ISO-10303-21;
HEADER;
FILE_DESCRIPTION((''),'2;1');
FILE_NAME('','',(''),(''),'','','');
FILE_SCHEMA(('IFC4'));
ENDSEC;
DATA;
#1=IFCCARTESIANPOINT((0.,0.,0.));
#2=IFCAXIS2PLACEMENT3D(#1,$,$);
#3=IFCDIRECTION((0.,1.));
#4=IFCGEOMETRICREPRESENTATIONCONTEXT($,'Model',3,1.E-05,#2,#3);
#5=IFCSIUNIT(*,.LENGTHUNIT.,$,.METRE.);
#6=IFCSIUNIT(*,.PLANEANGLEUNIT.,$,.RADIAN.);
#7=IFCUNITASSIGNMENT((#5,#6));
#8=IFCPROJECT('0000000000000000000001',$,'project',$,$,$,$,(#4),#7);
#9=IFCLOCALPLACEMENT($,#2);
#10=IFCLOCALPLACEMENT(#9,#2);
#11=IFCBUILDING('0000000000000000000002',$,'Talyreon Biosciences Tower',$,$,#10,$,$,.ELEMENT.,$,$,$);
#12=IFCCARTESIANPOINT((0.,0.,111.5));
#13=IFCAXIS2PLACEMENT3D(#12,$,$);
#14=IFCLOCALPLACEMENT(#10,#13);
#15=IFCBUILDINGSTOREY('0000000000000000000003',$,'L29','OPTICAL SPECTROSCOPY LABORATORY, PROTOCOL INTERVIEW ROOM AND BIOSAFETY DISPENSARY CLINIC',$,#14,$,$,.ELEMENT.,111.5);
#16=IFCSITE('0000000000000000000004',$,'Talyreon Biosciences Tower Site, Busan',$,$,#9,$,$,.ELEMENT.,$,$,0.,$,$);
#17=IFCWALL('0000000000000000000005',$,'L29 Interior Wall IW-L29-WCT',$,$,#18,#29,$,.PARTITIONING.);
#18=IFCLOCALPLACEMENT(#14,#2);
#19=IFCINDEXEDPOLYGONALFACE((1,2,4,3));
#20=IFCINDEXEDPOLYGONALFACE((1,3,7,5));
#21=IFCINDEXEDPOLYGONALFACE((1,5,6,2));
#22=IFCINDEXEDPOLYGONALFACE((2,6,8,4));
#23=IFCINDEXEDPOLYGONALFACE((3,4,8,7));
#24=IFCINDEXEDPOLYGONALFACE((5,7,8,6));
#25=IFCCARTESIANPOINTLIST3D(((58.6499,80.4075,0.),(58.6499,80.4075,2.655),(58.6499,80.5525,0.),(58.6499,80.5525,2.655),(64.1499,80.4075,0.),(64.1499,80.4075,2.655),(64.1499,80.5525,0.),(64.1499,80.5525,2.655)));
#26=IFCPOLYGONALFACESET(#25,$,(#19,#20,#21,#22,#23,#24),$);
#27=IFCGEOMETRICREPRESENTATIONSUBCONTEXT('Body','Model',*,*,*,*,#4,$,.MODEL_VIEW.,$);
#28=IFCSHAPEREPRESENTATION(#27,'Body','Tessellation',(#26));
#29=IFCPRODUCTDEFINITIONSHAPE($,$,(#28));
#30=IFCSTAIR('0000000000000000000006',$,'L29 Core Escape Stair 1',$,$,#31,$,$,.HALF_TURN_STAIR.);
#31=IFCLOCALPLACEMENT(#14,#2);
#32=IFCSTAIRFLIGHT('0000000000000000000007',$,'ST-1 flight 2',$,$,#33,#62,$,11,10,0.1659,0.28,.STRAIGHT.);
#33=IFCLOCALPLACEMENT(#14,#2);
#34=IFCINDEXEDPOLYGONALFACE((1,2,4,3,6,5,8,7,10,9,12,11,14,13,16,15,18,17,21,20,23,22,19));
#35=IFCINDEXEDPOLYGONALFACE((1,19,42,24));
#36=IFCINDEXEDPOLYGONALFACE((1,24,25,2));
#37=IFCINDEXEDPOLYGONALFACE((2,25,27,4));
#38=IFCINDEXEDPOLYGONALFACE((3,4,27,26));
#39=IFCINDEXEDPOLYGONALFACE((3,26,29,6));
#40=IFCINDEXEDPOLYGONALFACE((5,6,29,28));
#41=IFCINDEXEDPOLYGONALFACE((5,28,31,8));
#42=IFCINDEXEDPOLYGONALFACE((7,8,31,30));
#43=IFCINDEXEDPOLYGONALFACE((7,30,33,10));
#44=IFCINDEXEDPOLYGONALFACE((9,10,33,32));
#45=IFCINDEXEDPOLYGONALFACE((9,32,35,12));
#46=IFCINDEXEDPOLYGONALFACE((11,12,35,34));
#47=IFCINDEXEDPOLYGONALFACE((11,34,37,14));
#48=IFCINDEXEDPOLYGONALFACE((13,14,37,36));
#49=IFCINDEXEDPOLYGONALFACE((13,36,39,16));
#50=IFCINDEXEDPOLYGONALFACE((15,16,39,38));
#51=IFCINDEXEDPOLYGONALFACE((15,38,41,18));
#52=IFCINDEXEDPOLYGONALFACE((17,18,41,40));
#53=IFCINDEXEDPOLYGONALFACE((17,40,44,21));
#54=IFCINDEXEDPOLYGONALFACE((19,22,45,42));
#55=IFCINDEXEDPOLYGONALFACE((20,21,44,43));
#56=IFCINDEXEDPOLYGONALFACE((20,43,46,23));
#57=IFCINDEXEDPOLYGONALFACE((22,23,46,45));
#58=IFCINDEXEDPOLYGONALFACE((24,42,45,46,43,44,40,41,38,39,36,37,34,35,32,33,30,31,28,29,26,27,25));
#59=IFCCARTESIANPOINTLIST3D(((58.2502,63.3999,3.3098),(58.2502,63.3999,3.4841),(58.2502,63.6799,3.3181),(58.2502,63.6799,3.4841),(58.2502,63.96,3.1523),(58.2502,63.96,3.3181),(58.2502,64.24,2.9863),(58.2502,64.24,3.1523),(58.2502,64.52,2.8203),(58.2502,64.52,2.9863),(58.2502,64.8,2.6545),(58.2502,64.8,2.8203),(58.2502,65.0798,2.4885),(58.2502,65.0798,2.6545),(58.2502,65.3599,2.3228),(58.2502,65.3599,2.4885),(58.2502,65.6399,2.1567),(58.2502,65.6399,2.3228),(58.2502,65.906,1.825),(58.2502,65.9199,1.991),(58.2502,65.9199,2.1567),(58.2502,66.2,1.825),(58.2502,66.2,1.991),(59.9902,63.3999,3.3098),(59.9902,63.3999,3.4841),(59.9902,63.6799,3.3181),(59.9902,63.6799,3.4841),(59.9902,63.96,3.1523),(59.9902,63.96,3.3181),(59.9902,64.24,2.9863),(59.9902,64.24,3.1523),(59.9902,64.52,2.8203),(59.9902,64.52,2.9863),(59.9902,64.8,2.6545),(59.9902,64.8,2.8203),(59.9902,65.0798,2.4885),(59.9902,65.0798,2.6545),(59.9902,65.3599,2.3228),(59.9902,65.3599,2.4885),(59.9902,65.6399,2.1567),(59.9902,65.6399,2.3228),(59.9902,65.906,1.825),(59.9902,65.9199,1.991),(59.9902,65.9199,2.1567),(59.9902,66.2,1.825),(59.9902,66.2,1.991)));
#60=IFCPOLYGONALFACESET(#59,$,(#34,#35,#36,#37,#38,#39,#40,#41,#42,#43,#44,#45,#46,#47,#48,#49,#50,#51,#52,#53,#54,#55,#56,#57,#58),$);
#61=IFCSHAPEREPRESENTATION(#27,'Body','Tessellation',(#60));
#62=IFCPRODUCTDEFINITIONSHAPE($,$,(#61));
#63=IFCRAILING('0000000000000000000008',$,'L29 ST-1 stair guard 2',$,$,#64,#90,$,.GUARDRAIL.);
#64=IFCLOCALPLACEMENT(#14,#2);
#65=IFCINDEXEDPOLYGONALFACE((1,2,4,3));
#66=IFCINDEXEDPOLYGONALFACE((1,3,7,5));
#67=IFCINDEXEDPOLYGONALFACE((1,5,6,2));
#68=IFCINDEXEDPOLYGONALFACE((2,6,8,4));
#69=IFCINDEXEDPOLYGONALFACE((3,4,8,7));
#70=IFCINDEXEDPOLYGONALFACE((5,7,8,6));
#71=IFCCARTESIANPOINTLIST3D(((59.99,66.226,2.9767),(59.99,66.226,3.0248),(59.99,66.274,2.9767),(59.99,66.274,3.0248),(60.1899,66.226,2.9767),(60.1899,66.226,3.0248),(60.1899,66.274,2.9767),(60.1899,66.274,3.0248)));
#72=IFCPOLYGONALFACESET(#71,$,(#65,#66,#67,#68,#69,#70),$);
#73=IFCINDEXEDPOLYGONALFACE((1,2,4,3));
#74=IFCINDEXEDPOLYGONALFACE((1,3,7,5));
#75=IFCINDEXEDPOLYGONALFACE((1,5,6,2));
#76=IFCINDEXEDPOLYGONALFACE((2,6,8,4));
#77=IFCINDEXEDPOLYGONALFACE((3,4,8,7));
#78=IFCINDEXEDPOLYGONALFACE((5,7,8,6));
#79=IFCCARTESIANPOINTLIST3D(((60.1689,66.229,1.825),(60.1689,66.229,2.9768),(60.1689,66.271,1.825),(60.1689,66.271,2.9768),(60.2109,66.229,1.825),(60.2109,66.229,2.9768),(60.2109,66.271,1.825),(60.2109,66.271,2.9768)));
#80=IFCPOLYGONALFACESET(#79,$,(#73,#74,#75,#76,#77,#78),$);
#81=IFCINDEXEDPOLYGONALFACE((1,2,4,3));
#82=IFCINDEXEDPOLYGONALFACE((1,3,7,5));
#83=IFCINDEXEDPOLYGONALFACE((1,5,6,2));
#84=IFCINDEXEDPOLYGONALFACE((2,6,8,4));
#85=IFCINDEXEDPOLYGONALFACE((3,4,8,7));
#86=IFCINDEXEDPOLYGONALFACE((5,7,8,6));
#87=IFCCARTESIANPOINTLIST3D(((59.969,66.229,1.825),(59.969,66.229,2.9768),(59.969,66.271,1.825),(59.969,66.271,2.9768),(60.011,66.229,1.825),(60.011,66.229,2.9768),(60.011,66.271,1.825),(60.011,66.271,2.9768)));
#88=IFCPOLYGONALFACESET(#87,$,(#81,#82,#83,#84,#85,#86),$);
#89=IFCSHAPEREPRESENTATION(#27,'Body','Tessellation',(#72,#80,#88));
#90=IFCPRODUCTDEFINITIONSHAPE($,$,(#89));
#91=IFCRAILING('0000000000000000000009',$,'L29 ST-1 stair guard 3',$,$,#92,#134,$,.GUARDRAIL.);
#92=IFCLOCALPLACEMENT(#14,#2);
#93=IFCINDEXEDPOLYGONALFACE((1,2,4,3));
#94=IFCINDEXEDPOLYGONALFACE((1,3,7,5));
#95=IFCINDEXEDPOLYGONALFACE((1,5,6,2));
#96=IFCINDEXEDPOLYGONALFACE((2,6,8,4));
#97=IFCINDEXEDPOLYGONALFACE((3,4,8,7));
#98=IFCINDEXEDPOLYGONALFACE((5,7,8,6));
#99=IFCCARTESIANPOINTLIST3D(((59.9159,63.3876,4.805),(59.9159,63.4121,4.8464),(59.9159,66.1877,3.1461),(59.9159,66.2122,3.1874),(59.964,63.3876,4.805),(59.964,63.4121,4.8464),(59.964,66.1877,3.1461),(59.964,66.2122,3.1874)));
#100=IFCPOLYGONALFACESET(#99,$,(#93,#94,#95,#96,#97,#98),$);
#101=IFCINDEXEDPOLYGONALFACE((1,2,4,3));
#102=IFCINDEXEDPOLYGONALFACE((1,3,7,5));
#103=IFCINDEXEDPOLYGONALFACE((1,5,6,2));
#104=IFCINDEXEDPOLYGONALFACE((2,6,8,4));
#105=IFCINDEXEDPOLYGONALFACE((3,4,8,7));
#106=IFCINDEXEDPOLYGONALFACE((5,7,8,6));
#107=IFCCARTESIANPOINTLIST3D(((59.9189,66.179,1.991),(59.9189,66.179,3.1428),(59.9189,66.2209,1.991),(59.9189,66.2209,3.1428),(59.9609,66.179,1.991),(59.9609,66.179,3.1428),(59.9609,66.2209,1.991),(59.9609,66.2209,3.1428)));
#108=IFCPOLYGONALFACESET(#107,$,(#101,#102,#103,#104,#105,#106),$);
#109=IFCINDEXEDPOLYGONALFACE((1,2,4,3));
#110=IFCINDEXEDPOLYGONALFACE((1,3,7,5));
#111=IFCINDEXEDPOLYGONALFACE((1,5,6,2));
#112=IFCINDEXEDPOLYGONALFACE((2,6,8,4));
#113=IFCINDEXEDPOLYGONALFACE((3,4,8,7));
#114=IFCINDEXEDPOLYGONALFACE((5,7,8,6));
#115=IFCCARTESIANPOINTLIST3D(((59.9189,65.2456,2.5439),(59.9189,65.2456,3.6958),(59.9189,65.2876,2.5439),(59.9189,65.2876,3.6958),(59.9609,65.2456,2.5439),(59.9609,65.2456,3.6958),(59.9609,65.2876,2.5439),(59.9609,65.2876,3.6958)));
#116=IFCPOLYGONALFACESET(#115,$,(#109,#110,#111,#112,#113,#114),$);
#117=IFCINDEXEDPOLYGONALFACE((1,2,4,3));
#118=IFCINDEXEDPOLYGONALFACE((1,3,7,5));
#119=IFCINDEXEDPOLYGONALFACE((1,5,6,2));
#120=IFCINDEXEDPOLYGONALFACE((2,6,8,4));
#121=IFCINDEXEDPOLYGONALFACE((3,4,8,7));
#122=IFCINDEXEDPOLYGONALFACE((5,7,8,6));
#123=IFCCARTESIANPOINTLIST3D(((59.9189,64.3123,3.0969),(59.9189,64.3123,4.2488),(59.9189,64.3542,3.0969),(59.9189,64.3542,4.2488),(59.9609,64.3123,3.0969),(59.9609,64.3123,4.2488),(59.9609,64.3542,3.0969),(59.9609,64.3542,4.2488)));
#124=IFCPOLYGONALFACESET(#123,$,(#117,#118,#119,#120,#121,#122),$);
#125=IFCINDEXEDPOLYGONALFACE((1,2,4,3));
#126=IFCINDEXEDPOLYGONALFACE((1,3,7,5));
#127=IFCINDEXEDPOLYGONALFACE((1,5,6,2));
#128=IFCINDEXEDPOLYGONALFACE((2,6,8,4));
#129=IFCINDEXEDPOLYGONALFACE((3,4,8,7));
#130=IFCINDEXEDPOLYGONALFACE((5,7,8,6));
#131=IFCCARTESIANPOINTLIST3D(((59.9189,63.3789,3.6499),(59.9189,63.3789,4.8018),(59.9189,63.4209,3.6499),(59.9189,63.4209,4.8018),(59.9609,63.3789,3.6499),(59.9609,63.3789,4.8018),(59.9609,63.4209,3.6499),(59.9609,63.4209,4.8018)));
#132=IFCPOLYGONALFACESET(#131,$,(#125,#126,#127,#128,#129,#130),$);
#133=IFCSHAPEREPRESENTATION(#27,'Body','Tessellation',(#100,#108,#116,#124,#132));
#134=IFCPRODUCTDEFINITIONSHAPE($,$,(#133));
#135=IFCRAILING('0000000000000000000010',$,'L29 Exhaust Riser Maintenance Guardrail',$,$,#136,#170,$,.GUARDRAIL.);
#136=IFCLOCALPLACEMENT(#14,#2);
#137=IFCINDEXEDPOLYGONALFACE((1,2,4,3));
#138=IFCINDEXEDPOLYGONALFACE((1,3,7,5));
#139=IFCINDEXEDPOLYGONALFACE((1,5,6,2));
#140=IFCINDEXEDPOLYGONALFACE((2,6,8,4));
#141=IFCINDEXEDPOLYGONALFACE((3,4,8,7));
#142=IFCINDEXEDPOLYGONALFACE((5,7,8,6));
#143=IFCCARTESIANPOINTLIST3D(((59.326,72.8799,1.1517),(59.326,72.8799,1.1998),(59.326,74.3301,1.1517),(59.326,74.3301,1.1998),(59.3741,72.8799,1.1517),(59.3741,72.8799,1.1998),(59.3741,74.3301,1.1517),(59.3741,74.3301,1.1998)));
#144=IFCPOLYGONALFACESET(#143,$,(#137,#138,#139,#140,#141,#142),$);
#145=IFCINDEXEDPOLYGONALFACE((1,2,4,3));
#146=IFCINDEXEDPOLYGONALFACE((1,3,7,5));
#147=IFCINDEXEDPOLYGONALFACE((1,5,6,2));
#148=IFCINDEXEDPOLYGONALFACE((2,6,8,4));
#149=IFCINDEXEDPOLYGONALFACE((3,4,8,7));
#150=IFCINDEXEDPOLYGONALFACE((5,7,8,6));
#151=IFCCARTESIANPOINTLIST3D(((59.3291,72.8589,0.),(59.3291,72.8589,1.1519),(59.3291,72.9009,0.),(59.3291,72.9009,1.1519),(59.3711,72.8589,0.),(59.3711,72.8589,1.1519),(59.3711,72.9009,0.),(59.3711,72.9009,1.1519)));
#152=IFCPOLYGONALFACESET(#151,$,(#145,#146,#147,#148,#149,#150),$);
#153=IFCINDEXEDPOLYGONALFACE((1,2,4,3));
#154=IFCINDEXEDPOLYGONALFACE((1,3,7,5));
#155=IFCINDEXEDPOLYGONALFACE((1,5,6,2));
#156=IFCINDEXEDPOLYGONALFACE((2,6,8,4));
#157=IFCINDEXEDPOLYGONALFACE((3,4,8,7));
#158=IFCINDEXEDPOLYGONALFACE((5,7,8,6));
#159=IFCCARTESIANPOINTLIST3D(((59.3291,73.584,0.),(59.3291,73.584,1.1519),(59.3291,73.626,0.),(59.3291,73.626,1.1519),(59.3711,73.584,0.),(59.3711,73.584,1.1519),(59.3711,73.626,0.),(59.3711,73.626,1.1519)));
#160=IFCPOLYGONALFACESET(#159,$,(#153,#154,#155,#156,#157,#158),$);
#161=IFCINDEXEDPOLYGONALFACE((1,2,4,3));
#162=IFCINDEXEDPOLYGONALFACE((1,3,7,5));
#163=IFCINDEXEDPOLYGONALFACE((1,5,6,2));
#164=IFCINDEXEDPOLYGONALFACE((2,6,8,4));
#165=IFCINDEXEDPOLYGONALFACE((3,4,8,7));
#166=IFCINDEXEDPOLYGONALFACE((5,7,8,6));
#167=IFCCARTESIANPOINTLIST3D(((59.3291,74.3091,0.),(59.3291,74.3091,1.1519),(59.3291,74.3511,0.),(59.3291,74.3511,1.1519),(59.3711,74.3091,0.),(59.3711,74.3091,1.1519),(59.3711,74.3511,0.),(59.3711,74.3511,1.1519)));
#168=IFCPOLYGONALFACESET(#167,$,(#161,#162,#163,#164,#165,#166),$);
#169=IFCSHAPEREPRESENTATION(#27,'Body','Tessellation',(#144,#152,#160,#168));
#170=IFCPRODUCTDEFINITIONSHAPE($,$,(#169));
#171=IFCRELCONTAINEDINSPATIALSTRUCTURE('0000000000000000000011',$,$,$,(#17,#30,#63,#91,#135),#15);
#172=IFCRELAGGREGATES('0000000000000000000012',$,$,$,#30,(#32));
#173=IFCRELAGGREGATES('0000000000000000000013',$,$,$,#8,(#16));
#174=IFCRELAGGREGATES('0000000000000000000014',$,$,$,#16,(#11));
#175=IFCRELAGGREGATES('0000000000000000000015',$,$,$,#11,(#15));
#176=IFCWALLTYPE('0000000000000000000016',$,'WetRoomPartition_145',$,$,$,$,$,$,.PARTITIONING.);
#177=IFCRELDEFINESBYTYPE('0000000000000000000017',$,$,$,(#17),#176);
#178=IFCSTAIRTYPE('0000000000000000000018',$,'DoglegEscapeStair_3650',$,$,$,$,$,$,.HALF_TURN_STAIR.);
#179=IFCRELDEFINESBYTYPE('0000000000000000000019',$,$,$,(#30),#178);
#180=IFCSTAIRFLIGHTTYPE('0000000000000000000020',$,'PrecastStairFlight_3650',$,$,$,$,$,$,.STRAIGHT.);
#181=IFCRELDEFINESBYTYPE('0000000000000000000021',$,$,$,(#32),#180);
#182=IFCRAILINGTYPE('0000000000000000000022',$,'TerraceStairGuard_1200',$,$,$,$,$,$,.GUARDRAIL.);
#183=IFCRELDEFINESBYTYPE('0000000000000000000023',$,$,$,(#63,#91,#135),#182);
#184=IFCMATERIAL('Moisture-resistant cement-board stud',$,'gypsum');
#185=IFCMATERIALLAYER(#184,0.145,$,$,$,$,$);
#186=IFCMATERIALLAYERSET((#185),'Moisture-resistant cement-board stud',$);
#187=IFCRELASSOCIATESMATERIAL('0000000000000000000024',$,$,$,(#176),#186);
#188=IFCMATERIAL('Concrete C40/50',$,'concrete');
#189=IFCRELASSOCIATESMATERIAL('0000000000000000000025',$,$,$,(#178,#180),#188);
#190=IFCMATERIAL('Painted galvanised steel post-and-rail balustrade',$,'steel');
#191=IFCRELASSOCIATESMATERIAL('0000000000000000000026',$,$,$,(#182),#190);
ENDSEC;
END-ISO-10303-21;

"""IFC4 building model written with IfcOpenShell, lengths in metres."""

from ifc_helpers import new_model, si_unit, direction, frame, frame_2d, origin, origin_2d, place, context, subcontext, project, spatial, polyline, rectangle, outline, extrude, material, layer, layer_set, type_object, element, aggregate, save


model = new_model("IFC4")

# Units and contexts
model_context = context("Model", 3, precision=1e-05, world=origin(), true_north=direction((0.0, 1.0)))
body_context = subcontext(model_context, "Body", "Model", "MODEL_VIEW")
ifc_project = project(units=[si_unit("LENGTHUNIT", "METRE"), si_unit("PLANEANGLEUNIT", "RADIAN")], contexts=[model_context])

# Site, building, storey
site_placement = place(None, origin())
site = spatial("IfcSite", under=ifc_project, at=site_placement, Name="Talyreon Biosciences Tower Site, Busan", CompositionType="ELEMENT", RefElevation=0.0)
building_placement = place(site_placement, origin())
building = spatial("IfcBuilding", under=site, at=building_placement, Name="Talyreon Biosciences Tower", CompositionType="ELEMENT")
storey_placement = place(building_placement, frame((0.0, 0.0, 111.5)))
storey = spatial("IfcBuildingStorey", under=building, at=storey_placement, Name="L29", Description="OPTICAL SPECTROSCOPY LABORATORY, PROTOCOL INTERVIEW ROOM AND BIOSAFETY DISPENSARY CLINIC", CompositionType="ELEMENT", Elevation=111.5)

# Wall
ifc_material_1 = material(Name="Moisture-resistant cement-board stud", Category="gypsum")
ifc_layer_1 = layer(ifc_material_1, 0.145)
ifc_layer_set_1 = layer_set([ifc_layer_1], Name="Moisture-resistant cement-board stud")
wall_type_1 = type_object("IfcWallType", Name="WetRoomPartition_145", PredefinedType="PARTITIONING", material=ifc_layer_set_1)
wall_1_placement = place(storey_placement, frame((58.6499, 80.48, 0.0), z_axis=(0.0, 0.0, 1.0), x_axis=(1.0, 0.0, 0.0)))
element("IfcWall", 1, at=wall_1_placement, inside=storey, type_object=wall_type_1, Name="L29 Interior Wall IW-L29-WCT", PredefinedType="PARTITIONING", context=body_context, shape_type="SweptSolid", body=[
    extrude(rectangle(XDim=5.5, YDim=0.145, at=frame_2d((2.75, 0.0))), origin(), (0.0, 0.0, 1.0), 2.655),
])

# Stair, stair flight
ifc_material_2 = material(Name="Concrete C40/50", Category="concrete")
stair_type = type_object("IfcStairType", Name="DoglegEscapeStair_3650", PredefinedType="HALF_TURN_STAIR", material=ifc_material_2)
stair_placement = place(storey_placement, origin())
stair = element("IfcStair", 2, at=stair_placement, inside=storey, type_object=stair_type, Name="L29 Core Escape Stair 1", PredefinedType="HALF_TURN_STAIR")
stair_flight_type = type_object("IfcStairFlightType", Name="PrecastStairFlight_3650", PredefinedType="STRAIGHT", material=ifc_material_2)
stair_flight_placement = place(storey_placement, frame((59.1201, 66.2, 1.825), z_axis=(0.0, 0.0, 1.0), x_axis=(0.0, -1.0, 0.0)))
stair_flight = element("IfcStairFlight", 3, at=stair_flight_placement, type_object=stair_flight_type, Name="ST-1 flight 2", NumberOfRisers=11, NumberOfTreads=10, PredefinedType="STRAIGHT", RiserHeight=0.1659, TreadLength=0.28, context=body_context, shape_type="SweptSolid", body=[
    extrude(outline(polyline([(0.0, 0.0), (0.0, 0.166), (0.28, 0.166), (0.28, 0.3318), (0.5601, 0.3318), (0.5601, 0.4978), (0.8401, 0.4978), (0.8401, 0.6636), (1.1201, 0.6636), (1.1201, 0.8296), (1.3999, 0.8296), (1.3999, 0.9954), (1.6799, 0.9954), (1.6799, 1.1614), (1.96, 1.1614), (1.96, 1.3274), (2.24, 1.3274), (2.24, 1.4932), (2.52, 1.4932), (2.52, 1.6592), (2.8, 1.6592), (2.8, 1.825), (2.8, 1.4849), (0.2939, 0.0), (0.0, 0.0)])), frame((0.0, 0.8701, 0.0), z_axis=(0.0, -1.0, 0.0), x_axis=(1.0, 0.0, 0.0)), (0.0, 0.0, 1.0), 1.74),
])
aggregate(stair, [stair_flight])

# Railings
ifc_material_3 = material(Name="Painted galvanised steel post-and-rail balustrade", Category="steel")
railing_type = type_object("IfcRailingType", Name="TerraceStairGuard_1200", PredefinedType="GUARDRAIL", material=ifc_material_3)
railing_1_placement = place(storey_placement, frame((60.1899, 66.25, 1.825)))
element("IfcRailing", 4, at=railing_1_placement, inside=storey, type_object=railing_type, Name="L29 ST-1 stair guard 2", PredefinedType="GUARDRAIL", context=body_context, shape_type="SweptSolid", body=[
    extrude(rectangle(XDim=0.0481, YDim=0.0481, at=origin_2d()), frame((0.0, 0.0, 1.1758), z_axis=(-1.0, 0.0, 0.0), x_axis=(0.0, -1.0, 0.0)), (0.0, 0.0, 1.0), 0.2),
    extrude(rectangle(XDim=0.042, YDim=0.042, at=origin_2d()), origin(), (0.0, 0.0, 1.0), 1.1519),
    extrude(rectangle(XDim=0.042, YDim=0.042, at=origin_2d()), frame((-0.2, 0.0, 0.0)), (0.0, 0.0, 1.0), 1.1519),
])
railing_2_placement = place(storey_placement, frame((59.9399, 66.2, 1.991)))
element("IfcRailing", 5, at=railing_2_placement, inside=storey, type_object=railing_type, Name="L29 ST-1 stair guard 3", PredefinedType="GUARDRAIL", context=body_context, shape_type="SweptSolid", body=[
    extrude(rectangle(XDim=0.0481, YDim=0.0481, at=origin_2d()), frame((0.0, 0.0, 1.1758), z_axis=(0.0, -0.860339, 0.509722), x_axis=(1.0, 0.0, 0.0)), (0.0, 0.0, 1.0), 3.2546),
    extrude(rectangle(XDim=0.042, YDim=0.042, at=origin_2d()), origin(), (0.0, 0.0, 1.0), 1.1519),
    extrude(rectangle(XDim=0.042, YDim=0.042, at=origin_2d()), frame((0.0, -0.9333, 0.553)), (0.0, 0.0, 1.0), 1.1519),
    extrude(rectangle(XDim=0.042, YDim=0.042, at=origin_2d()), frame((0.0, -1.8667, 1.106)), (0.0, 0.0, 1.0), 1.1519),
    extrude(rectangle(XDim=0.042, YDim=0.042, at=origin_2d()), frame((0.0, -2.8, 1.6589)), (0.0, 0.0, 1.0), 1.1519),
])
railing_3_placement = place(storey_placement, frame((59.3501, 72.8799, 0.0)))
element("IfcRailing", 6, at=railing_3_placement, inside=storey, type_object=railing_type, Name="L29 Exhaust Riser Maintenance Guardrail", PredefinedType="GUARDRAIL", context=body_context, shape_type="SweptSolid", body=[
    extrude(rectangle(XDim=0.0481, YDim=0.0481, at=origin_2d()), frame((0.0, 0.0, 1.1758), z_axis=(0.0, 1.0, 0.0), x_axis=(-1.0, 0.0, 0.0)), (0.0, 0.0, 1.0), 1.4502),
    extrude(rectangle(XDim=0.042, YDim=0.042, at=origin_2d()), origin(), (0.0, 0.0, 1.0), 1.1519),
    extrude(rectangle(XDim=0.042, YDim=0.042, at=origin_2d()), frame((0.0, 0.7251, 0.0)), (0.0, 0.0, 1.0), 1.1519),
    extrude(rectangle(XDim=0.042, YDim=0.042, at=origin_2d()), frame((0.0, 1.4502, 0.0)), (0.0, 0.0, 1.0), 1.1519),
])

save(model, "model.ifc")
